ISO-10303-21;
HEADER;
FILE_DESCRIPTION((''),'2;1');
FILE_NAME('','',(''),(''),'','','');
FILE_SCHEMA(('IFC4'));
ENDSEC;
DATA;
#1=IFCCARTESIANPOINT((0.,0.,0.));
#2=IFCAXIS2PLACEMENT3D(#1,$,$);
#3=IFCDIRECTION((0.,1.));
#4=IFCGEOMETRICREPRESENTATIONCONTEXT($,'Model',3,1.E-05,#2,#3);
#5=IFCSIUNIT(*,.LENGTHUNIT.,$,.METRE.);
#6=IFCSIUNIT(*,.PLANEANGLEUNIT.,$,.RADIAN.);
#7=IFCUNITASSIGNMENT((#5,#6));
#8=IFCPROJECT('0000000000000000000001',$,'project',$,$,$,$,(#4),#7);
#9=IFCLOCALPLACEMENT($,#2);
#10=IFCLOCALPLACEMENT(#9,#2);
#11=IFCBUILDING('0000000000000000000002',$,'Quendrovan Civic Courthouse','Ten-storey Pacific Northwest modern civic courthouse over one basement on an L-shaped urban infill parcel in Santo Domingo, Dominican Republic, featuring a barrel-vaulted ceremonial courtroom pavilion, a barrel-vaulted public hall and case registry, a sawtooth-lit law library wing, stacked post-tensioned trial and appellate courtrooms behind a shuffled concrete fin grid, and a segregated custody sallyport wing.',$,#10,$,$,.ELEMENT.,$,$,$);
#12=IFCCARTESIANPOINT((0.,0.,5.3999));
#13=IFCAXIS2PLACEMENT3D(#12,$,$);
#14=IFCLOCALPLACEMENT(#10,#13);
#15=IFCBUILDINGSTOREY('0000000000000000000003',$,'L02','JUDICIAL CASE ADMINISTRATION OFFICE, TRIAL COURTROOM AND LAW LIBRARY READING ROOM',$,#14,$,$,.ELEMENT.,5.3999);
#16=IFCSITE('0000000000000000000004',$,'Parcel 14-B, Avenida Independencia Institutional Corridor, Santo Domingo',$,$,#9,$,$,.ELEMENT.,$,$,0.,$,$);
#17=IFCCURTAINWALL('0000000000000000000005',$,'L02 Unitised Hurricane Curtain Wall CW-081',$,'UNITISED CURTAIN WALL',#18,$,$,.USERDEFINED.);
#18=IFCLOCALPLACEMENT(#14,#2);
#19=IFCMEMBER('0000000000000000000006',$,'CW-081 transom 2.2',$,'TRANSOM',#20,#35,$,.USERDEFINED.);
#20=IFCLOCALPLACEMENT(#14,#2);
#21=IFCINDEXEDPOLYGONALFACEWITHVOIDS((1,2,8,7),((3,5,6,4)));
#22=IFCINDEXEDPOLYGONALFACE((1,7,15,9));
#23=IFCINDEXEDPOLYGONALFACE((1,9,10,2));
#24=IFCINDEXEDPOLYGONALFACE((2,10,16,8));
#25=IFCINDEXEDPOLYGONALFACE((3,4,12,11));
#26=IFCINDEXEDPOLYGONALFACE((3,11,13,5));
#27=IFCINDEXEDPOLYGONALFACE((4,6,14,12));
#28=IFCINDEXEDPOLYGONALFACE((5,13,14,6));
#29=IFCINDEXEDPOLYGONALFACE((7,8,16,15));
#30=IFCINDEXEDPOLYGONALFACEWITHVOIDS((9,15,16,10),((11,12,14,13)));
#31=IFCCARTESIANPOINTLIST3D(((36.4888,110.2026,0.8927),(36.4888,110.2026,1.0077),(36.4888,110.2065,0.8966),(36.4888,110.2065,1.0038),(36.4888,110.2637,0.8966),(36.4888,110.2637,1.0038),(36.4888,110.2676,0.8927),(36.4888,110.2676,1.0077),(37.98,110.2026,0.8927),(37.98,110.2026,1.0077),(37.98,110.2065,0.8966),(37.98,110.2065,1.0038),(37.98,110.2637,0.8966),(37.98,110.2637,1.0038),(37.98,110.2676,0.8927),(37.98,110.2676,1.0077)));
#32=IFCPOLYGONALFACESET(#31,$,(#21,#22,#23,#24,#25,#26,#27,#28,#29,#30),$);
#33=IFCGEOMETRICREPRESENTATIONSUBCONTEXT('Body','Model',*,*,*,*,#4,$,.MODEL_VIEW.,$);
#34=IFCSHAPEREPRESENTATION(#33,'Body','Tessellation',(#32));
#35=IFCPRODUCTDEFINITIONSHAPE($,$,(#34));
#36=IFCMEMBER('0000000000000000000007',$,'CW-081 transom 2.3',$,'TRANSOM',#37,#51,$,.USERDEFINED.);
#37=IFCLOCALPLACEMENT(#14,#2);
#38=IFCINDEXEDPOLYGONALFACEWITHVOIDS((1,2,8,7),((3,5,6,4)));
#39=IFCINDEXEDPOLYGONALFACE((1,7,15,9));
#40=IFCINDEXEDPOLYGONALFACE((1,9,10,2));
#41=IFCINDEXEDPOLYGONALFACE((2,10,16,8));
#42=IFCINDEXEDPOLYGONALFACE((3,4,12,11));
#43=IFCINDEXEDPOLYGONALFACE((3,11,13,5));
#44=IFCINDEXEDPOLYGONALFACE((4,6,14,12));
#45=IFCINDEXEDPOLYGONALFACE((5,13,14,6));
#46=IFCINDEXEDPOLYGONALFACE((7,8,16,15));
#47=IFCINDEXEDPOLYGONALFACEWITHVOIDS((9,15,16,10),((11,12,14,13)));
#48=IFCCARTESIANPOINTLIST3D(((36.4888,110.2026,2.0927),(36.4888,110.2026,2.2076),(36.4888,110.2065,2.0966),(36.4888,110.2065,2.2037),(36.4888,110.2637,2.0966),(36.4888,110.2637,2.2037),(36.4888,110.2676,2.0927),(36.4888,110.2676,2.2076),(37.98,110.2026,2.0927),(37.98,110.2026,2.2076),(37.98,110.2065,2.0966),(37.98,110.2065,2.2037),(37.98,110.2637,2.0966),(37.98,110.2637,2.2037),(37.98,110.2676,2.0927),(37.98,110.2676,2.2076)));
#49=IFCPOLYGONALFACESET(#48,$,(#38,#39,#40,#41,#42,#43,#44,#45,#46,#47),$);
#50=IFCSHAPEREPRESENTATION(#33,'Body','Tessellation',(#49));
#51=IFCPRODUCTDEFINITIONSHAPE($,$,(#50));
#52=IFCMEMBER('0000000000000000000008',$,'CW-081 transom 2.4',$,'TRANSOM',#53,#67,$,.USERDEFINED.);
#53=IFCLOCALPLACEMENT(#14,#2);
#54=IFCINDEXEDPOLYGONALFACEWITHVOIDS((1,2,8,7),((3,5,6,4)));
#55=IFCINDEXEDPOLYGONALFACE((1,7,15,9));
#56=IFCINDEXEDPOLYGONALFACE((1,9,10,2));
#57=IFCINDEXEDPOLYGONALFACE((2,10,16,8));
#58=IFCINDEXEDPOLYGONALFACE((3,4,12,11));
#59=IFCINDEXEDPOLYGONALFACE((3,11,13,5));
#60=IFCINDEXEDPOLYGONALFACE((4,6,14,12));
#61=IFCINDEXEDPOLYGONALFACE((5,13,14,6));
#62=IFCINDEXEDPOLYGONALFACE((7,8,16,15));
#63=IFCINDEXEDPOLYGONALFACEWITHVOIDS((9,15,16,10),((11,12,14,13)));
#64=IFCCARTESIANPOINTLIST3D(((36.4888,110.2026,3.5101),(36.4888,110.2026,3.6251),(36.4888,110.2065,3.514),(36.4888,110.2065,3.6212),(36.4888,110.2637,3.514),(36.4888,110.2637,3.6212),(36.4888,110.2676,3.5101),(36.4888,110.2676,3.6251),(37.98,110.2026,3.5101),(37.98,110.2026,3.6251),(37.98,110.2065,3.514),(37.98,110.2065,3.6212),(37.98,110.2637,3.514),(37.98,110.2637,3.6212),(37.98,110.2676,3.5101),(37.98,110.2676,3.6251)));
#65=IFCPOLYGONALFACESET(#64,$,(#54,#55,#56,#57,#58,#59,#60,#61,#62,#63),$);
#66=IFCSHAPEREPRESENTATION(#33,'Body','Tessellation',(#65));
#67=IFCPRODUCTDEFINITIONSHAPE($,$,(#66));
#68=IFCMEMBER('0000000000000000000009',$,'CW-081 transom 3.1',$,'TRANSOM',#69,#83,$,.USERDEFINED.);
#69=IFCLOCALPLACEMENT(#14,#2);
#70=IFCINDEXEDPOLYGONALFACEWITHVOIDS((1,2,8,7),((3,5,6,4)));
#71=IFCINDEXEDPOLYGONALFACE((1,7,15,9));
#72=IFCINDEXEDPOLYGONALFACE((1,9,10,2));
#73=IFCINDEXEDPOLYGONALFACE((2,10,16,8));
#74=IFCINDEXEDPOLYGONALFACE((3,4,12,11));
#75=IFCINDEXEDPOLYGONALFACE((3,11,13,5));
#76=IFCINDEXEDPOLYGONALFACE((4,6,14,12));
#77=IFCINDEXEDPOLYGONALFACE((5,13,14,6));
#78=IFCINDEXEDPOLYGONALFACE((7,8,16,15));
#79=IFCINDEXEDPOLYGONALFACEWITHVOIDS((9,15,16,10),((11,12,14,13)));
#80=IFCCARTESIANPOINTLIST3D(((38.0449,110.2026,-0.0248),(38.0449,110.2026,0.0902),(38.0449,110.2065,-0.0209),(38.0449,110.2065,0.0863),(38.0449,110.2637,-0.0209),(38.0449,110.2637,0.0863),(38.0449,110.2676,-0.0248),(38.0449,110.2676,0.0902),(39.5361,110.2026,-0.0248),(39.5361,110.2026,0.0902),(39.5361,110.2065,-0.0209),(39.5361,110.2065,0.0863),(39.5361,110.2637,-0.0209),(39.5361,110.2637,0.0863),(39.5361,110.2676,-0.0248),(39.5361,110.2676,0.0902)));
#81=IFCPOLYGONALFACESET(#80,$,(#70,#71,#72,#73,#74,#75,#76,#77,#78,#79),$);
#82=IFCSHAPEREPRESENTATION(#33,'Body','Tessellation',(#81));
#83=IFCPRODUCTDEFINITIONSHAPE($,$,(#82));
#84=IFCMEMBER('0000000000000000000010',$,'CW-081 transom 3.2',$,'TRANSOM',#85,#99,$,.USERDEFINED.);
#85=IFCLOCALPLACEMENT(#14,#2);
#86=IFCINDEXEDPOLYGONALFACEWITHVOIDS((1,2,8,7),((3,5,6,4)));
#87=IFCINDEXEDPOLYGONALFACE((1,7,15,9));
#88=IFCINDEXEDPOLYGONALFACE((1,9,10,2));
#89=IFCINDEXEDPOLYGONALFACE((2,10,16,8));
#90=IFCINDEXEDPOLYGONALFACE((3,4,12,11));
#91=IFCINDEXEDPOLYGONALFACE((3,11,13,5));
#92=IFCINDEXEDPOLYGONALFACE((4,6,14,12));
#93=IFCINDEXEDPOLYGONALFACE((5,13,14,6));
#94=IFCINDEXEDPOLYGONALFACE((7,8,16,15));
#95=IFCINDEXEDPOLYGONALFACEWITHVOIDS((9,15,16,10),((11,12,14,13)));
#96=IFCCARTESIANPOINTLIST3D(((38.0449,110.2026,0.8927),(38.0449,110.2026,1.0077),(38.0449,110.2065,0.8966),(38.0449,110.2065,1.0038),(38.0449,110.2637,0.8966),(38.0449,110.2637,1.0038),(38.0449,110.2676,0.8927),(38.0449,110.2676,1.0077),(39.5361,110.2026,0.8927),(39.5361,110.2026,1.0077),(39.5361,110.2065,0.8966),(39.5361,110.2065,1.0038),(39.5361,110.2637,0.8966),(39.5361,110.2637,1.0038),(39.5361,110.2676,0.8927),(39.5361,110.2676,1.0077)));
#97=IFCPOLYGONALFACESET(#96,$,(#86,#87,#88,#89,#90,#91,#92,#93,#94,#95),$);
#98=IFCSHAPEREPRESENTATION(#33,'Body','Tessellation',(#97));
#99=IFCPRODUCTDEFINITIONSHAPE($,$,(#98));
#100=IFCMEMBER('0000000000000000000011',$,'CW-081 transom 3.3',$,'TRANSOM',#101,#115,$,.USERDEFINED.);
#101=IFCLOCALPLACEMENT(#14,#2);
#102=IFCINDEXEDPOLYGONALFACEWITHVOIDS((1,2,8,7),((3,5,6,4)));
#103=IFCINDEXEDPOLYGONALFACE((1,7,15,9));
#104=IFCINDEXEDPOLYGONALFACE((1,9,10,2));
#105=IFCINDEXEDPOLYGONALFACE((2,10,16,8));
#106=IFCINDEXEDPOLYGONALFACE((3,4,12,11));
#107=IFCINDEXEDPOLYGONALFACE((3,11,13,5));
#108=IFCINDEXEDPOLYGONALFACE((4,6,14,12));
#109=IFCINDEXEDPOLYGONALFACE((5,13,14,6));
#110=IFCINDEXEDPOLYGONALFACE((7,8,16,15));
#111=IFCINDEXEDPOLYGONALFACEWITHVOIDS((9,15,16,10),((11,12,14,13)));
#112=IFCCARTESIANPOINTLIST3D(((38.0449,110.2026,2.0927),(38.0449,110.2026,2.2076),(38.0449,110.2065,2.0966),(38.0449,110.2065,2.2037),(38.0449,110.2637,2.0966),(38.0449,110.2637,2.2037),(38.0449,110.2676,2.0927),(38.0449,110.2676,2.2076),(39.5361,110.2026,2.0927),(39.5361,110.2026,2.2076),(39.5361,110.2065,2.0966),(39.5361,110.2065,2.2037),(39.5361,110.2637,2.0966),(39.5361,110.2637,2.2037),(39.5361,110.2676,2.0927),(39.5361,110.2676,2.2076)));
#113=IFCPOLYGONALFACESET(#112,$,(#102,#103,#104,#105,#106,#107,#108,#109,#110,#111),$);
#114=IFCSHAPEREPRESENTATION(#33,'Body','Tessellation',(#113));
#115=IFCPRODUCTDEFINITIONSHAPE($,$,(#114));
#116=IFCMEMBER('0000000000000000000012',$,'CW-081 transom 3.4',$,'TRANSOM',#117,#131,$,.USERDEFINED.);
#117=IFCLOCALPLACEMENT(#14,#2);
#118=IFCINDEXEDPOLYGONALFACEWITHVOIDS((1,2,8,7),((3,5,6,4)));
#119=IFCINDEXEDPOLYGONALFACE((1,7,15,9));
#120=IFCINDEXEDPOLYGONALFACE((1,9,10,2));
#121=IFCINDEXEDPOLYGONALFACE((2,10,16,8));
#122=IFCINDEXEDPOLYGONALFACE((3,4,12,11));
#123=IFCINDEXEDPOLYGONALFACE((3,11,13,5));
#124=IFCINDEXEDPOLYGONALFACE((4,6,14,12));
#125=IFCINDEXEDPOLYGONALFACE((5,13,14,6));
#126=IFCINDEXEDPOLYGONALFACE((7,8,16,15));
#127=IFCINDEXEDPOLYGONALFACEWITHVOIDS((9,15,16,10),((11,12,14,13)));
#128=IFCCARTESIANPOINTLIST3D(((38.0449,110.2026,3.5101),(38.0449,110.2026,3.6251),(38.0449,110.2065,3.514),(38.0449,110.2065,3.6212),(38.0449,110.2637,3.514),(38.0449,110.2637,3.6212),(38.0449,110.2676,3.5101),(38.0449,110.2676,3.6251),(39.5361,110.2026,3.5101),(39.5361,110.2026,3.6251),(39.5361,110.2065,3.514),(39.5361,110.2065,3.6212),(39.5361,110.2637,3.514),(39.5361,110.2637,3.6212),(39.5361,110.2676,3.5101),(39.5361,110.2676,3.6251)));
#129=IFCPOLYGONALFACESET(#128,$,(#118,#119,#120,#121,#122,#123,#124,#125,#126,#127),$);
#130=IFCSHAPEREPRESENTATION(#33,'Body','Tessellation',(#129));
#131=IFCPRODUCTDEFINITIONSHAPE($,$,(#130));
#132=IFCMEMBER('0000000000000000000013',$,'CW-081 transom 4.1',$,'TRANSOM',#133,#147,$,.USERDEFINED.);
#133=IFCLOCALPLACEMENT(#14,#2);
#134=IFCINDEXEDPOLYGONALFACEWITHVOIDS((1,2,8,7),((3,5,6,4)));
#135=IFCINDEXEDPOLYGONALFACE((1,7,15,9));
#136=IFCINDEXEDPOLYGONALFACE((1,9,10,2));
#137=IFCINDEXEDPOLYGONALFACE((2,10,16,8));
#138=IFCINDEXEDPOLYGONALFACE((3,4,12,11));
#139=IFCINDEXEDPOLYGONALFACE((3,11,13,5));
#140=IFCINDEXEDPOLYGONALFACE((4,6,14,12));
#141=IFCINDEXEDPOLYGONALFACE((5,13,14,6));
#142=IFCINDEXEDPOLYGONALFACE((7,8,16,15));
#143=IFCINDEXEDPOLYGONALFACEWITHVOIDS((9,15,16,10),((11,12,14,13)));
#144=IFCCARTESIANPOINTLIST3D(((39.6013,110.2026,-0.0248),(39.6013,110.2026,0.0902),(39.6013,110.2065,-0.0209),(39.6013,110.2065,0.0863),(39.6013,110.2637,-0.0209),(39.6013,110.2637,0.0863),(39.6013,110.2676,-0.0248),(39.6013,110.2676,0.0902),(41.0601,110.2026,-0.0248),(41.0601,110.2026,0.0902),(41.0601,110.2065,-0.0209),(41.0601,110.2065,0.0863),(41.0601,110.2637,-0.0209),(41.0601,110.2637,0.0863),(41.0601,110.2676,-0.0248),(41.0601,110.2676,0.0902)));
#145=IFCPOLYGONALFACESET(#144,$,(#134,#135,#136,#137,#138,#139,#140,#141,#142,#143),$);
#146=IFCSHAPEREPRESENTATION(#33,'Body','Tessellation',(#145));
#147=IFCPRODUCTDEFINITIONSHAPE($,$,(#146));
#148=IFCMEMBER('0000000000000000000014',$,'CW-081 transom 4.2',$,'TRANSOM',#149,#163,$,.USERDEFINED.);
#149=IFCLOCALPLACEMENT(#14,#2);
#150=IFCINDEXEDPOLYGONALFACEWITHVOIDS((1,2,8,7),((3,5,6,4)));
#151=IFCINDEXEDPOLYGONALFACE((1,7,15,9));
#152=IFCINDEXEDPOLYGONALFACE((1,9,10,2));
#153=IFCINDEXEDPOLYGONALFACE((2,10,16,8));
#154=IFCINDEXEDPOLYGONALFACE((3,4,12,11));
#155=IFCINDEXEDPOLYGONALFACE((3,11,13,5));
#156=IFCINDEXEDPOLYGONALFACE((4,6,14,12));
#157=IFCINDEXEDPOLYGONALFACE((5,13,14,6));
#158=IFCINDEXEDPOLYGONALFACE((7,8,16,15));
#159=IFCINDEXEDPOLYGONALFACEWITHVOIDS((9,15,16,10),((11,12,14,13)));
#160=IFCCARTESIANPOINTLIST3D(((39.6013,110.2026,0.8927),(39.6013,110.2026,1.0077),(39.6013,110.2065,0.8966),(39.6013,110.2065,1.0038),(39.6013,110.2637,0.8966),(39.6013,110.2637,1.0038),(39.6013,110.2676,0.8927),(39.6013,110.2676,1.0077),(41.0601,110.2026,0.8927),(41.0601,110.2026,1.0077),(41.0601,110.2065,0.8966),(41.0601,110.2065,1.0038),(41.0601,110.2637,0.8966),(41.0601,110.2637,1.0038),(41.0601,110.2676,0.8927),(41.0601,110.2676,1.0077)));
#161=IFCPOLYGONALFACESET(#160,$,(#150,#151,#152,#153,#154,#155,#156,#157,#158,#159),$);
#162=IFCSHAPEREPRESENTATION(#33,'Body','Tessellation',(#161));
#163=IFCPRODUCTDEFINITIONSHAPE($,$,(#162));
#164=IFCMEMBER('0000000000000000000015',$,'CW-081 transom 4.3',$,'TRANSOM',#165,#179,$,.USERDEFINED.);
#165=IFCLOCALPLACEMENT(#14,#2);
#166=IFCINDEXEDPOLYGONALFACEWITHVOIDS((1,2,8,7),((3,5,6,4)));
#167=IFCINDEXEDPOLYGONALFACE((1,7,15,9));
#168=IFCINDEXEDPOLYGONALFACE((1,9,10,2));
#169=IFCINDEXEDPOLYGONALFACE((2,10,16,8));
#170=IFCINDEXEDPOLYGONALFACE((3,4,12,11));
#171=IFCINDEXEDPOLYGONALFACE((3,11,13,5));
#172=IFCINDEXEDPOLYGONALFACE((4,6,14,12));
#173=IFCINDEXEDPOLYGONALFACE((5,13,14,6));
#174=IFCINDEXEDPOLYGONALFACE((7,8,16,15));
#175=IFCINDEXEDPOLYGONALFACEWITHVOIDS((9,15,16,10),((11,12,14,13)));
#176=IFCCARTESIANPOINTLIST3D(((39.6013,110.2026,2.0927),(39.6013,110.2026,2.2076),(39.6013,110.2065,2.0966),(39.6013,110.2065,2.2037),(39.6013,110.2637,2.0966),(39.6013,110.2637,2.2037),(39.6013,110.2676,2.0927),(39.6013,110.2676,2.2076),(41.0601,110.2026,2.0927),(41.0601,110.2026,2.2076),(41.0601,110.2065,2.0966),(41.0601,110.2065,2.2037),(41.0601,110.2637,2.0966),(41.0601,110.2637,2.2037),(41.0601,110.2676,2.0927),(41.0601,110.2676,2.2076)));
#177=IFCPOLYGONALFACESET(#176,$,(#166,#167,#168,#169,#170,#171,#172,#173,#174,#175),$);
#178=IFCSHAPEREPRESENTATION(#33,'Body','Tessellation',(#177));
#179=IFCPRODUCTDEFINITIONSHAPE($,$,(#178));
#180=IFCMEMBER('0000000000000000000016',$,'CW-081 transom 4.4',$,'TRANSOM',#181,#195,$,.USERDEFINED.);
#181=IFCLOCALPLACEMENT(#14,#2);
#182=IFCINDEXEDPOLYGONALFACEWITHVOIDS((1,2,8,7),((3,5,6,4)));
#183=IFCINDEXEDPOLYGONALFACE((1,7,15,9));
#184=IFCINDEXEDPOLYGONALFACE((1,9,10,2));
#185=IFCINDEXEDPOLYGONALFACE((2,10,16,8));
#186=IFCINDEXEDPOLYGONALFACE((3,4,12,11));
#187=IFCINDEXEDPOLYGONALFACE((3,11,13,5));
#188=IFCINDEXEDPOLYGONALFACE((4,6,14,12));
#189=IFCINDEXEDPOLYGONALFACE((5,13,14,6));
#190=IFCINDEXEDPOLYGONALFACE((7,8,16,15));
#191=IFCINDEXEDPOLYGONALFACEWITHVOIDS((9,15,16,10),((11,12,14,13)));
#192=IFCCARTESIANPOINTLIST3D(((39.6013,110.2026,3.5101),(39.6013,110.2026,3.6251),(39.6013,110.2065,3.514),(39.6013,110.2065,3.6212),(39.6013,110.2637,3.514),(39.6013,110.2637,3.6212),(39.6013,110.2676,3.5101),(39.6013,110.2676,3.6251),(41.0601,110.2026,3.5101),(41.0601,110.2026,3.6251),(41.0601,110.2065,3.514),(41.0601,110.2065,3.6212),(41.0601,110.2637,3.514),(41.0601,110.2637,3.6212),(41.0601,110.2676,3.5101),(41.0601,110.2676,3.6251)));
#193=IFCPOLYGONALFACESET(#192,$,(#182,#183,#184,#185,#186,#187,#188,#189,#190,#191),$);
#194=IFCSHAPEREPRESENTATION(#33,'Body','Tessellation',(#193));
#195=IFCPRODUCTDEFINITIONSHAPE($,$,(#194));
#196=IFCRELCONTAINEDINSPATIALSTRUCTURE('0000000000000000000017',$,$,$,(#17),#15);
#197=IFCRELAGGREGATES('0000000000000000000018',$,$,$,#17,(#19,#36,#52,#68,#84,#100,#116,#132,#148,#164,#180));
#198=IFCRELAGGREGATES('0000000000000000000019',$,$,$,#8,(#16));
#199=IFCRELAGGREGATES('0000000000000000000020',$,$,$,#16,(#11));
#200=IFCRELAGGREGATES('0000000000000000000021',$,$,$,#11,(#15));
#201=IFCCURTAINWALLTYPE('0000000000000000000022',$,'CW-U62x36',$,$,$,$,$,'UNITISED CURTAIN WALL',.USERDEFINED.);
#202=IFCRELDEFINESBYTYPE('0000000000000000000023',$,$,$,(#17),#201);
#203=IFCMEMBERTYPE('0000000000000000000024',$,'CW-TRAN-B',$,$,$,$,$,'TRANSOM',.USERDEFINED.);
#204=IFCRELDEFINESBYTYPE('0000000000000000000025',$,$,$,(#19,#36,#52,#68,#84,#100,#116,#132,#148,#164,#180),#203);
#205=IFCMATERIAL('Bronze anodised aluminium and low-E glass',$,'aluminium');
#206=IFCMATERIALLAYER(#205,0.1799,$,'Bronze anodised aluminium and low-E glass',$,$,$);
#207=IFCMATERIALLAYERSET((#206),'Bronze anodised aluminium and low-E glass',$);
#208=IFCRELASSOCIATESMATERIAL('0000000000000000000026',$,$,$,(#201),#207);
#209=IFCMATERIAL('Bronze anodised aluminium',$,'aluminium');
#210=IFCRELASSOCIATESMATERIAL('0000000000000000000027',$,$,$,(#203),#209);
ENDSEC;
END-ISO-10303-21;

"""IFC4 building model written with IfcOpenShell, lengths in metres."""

from ifc_helpers import new_model, si_unit, direction, frame, origin, origin_2d, place, context, subcontext, project, spatial, hollow_rectangle, extrude, material, layer, layer_set, material_profile, profile_set, type_object, element, aggregate, save


model = new_model("IFC4")

# Units and contexts
model_context = context("Model", 3, precision=1e-05, world=origin(), true_north=direction((0.0, 1.0)))
body_context = subcontext(model_context, "Body", "Model", "MODEL_VIEW")
ifc_project = project(units=[si_unit("LENGTHUNIT", "METRE"), si_unit("PLANEANGLEUNIT", "RADIAN")], contexts=[model_context])

# Site, building, storey
site_placement = place(None, origin())
site = spatial("IfcSite", under=ifc_project, at=site_placement, Name="Parcel 14-B, Avenida Independencia Institutional Corridor, Santo Domingo", CompositionType="ELEMENT", RefElevation=0.0)
building_placement = place(site_placement, origin())
building = spatial("IfcBuilding", under=site, at=building_placement, Name="Quendrovan Civic Courthouse", Description="Ten-storey Pacific Northwest modern civic courthouse over one basement on an L-shaped urban infill parcel in Santo Domingo, Dominican Republic, featuring a barrel-vaulted ceremonial courtroom pavilion, a barrel-vaulted public hall and case registry, a sawtooth-lit law library wing, stacked post-tensioned trial and appellate courtrooms behind a shuffled concrete fin grid, and a segregated custody sallyport wing.", CompositionType="ELEMENT")
storey_placement = place(building_placement, frame((0.0, 0.0, 5.3999)))
storey = spatial("IfcBuildingStorey", under=building, at=storey_placement, Name="L02", Description="JUDICIAL CASE ADMINISTRATION OFFICE, TRIAL COURTROOM AND LAW LIBRARY READING ROOM", CompositionType="ELEMENT", Elevation=5.3999)

# Curtain wall, members
ifc_material_1 = material(Name="Bronze anodised aluminium and low-E glass", Category="aluminium")
ifc_layer_1 = layer(ifc_material_1, 0.1799, Name="Bronze anodised aluminium and low-E glass")
ifc_layer_set_1 = layer_set([ifc_layer_1], Name="Bronze anodised aluminium and low-E glass")
curtain_wall_type = type_object("IfcCurtainWallType", Name="CW-U62x36", ElementType="UNITISED CURTAIN WALL", PredefinedType="USERDEFINED", material=ifc_layer_set_1)
curtain_wall_placement = place(storey_placement, origin())
curtain_wall = element("IfcCurtainWall", 1, at=curtain_wall_placement, inside=storey, type_object=curtain_wall_type, Name="L02 Unitised Hurricane Curtain Wall CW-081", ObjectType="UNITISED CURTAIN WALL", PredefinedType="USERDEFINED")
ifc_material_2 = material(Name="Bronze anodised aluminium", Category="aluminium")
ifc_material_profile_1 = material_profile(ifc_material_2, hollow_rectangle(XDim=0.0649, YDim=0.115, WallThickness=0.0039, at=origin_2d()), Name="CW-TRAN-65x115")
ifc_profile_set_1 = profile_set([ifc_material_profile_1], Name="Bronze anodised aluminium")
member_type_1 = type_object("IfcMemberType", Name="CW-TRAN-B", ElementType="TRANSOM", PredefinedType="USERDEFINED", material=ifc_profile_set_1)
member_1_placement = place(storey_placement, frame((36.4888, 110.2351, 0.9502), z_axis=(1.0, 0.0, 0.0), x_axis=(0.0, 1.0, 0.0)))
member_1 = element("IfcMember", 2, at=member_1_placement, type_object=member_type_1, Name="CW-081 transom 2.2", ObjectType="TRANSOM", PredefinedType="USERDEFINED", context=body_context, shape_type="SweptSolid", body=[
    extrude(hollow_rectangle(XDim=0.0649, YDim=0.115, WallThickness=0.0039, at=origin_2d()), origin(), (0.0, 0.0, 1.0), 1.4912),
])
member_2_placement = place(storey_placement, frame((36.4888, 110.2351, 2.1501), z_axis=(1.0, 0.0, 0.0), x_axis=(0.0, 1.0, 0.0)))
member_2 = element("IfcMember", 3, at=member_2_placement, type_object=member_type_1, Name="CW-081 transom 2.3", ObjectType="TRANSOM", PredefinedType="USERDEFINED", context=body_context, shape_type="SweptSolid", body=[
    extrude(hollow_rectangle(XDim=0.0649, YDim=0.115, WallThickness=0.0039, at=origin_2d()), origin(), (0.0, 0.0, 1.0), 1.4912),
])
member_3_placement = place(storey_placement, frame((36.4888, 110.2351, 3.5676), z_axis=(1.0, 0.0, 0.0), x_axis=(0.0, 1.0, 0.0)))
member_3 = element("IfcMember", 4, at=member_3_placement, type_object=member_type_1, Name="CW-081 transom 2.4", ObjectType="TRANSOM", PredefinedType="USERDEFINED", context=body_context, shape_type="SweptSolid", body=[
    extrude(hollow_rectangle(XDim=0.0649, YDim=0.115, WallThickness=0.0039, at=origin_2d()), origin(), (0.0, 0.0, 1.0), 1.4912),
])
member_4_placement = place(storey_placement, frame((38.0449, 110.2351, 0.0327), z_axis=(1.0, 0.0, 0.0), x_axis=(0.0, 1.0, 0.0)))
member_4 = element("IfcMember", 5, at=member_4_placement, type_object=member_type_1, Name="CW-081 transom 3.1", ObjectType="TRANSOM", PredefinedType="USERDEFINED", context=body_context, shape_type="SweptSolid", body=[
    extrude(hollow_rectangle(XDim=0.0649, YDim=0.115, WallThickness=0.0039, at=origin_2d()), origin(), (0.0, 0.0, 1.0), 1.4912),
])
member_5_placement = place(storey_placement, frame((38.0449, 110.2351, 0.9502), z_axis=(1.0, 0.0, 0.0), x_axis=(0.0, 1.0, 0.0)))
member_5 = element("IfcMember", 6, at=member_5_placement, type_object=member_type_1, Name="CW-081 transom 3.2", ObjectType="TRANSOM", PredefinedType="USERDEFINED", context=body_context, shape_type="SweptSolid", body=[
    extrude(hollow_rectangle(XDim=0.0649, YDim=0.115, WallThickness=0.0039, at=origin_2d()), origin(), (0.0, 0.0, 1.0), 1.4912),
])
member_6_placement = place(storey_placement, frame((38.0449, 110.2351, 2.1501), z_axis=(1.0, 0.0, 0.0), x_axis=(0.0, 1.0, 0.0)))
member_6 = element("IfcMember", 7, at=member_6_placement, type_object=member_type_1, Name="CW-081 transom 3.3", ObjectType="TRANSOM", PredefinedType="USERDEFINED", context=body_context, shape_type="SweptSolid", body=[
    extrude(hollow_rectangle(XDim=0.0649, YDim=0.115, WallThickness=0.0039, at=origin_2d()), origin(), (0.0, 0.0, 1.0), 1.4912),
])
member_7_placement = place(storey_placement, frame((38.0449, 110.2351, 3.5676), z_axis=(1.0, 0.0, 0.0), x_axis=(0.0, 1.0, 0.0)))
member_7 = element("IfcMember", 8, at=member_7_placement, type_object=member_type_1, Name="CW-081 transom 3.4", ObjectType="TRANSOM", PredefinedType="USERDEFINED", context=body_context, shape_type="SweptSolid", body=[
    extrude(hollow_rectangle(XDim=0.0649, YDim=0.115, WallThickness=0.0039, at=origin_2d()), origin(), (0.0, 0.0, 1.0), 1.4912),
])
member_8_placement = place(storey_placement, frame((39.6013, 110.2351, 0.0327), z_axis=(1.0, 0.0, 0.0), x_axis=(0.0, 1.0, 0.0)))
member_8 = element("IfcMember", 9, at=member_8_placement, type_object=member_type_1, Name="CW-081 transom 4.1", ObjectType="TRANSOM", PredefinedType="USERDEFINED", context=body_context, shape_type="SweptSolid", body=[
    extrude(hollow_rectangle(XDim=0.0649, YDim=0.115, WallThickness=0.0039, at=origin_2d()), origin(), (0.0, 0.0, 1.0), 1.4587),
])
member_9_placement = place(storey_placement, frame((39.6013, 110.2351, 0.9502), z_axis=(1.0, 0.0, 0.0), x_axis=(0.0, 1.0, 0.0)))
member_9 = element("IfcMember", 10, at=member_9_placement, type_object=member_type_1, Name="CW-081 transom 4.2", ObjectType="TRANSOM", PredefinedType="USERDEFINED", context=body_context, shape_type="SweptSolid", body=[
    extrude(hollow_rectangle(XDim=0.0649, YDim=0.115, WallThickness=0.0039, at=origin_2d()), origin(), (0.0, 0.0, 1.0), 1.4587),
])
member_10_placement = place(storey_placement, frame((39.6013, 110.2351, 2.1501), z_axis=(1.0, 0.0, 0.0), x_axis=(0.0, 1.0, 0.0)))
member_10 = element("IfcMember", 11, at=member_10_placement, type_object=member_type_1, Name="CW-081 transom 4.3", ObjectType="TRANSOM", PredefinedType="USERDEFINED", context=body_context, shape_type="SweptSolid", body=[
    extrude(hollow_rectangle(XDim=0.0649, YDim=0.115, WallThickness=0.0039, at=origin_2d()), origin(), (0.0, 0.0, 1.0), 1.4587),
])
member_11_placement = place(storey_placement, frame((39.6013, 110.2351, 3.5676), z_axis=(1.0, 0.0, 0.0), x_axis=(0.0, 1.0, 0.0)))
member_11 = element("IfcMember", 12, at=member_11_placement, type_object=member_type_1, Name="CW-081 transom 4.4", ObjectType="TRANSOM", PredefinedType="USERDEFINED", context=body_context, shape_type="SweptSolid", body=[
    extrude(hollow_rectangle(XDim=0.0649, YDim=0.115, WallThickness=0.0039, at=origin_2d()), origin(), (0.0, 0.0, 1.0), 1.4587),
])
aggregate(curtain_wall, [member_1, member_2, member_3, member_4, member_5, member_6, member_7, member_8, member_9, member_10, member_11])

save(model, "model.ifc")
